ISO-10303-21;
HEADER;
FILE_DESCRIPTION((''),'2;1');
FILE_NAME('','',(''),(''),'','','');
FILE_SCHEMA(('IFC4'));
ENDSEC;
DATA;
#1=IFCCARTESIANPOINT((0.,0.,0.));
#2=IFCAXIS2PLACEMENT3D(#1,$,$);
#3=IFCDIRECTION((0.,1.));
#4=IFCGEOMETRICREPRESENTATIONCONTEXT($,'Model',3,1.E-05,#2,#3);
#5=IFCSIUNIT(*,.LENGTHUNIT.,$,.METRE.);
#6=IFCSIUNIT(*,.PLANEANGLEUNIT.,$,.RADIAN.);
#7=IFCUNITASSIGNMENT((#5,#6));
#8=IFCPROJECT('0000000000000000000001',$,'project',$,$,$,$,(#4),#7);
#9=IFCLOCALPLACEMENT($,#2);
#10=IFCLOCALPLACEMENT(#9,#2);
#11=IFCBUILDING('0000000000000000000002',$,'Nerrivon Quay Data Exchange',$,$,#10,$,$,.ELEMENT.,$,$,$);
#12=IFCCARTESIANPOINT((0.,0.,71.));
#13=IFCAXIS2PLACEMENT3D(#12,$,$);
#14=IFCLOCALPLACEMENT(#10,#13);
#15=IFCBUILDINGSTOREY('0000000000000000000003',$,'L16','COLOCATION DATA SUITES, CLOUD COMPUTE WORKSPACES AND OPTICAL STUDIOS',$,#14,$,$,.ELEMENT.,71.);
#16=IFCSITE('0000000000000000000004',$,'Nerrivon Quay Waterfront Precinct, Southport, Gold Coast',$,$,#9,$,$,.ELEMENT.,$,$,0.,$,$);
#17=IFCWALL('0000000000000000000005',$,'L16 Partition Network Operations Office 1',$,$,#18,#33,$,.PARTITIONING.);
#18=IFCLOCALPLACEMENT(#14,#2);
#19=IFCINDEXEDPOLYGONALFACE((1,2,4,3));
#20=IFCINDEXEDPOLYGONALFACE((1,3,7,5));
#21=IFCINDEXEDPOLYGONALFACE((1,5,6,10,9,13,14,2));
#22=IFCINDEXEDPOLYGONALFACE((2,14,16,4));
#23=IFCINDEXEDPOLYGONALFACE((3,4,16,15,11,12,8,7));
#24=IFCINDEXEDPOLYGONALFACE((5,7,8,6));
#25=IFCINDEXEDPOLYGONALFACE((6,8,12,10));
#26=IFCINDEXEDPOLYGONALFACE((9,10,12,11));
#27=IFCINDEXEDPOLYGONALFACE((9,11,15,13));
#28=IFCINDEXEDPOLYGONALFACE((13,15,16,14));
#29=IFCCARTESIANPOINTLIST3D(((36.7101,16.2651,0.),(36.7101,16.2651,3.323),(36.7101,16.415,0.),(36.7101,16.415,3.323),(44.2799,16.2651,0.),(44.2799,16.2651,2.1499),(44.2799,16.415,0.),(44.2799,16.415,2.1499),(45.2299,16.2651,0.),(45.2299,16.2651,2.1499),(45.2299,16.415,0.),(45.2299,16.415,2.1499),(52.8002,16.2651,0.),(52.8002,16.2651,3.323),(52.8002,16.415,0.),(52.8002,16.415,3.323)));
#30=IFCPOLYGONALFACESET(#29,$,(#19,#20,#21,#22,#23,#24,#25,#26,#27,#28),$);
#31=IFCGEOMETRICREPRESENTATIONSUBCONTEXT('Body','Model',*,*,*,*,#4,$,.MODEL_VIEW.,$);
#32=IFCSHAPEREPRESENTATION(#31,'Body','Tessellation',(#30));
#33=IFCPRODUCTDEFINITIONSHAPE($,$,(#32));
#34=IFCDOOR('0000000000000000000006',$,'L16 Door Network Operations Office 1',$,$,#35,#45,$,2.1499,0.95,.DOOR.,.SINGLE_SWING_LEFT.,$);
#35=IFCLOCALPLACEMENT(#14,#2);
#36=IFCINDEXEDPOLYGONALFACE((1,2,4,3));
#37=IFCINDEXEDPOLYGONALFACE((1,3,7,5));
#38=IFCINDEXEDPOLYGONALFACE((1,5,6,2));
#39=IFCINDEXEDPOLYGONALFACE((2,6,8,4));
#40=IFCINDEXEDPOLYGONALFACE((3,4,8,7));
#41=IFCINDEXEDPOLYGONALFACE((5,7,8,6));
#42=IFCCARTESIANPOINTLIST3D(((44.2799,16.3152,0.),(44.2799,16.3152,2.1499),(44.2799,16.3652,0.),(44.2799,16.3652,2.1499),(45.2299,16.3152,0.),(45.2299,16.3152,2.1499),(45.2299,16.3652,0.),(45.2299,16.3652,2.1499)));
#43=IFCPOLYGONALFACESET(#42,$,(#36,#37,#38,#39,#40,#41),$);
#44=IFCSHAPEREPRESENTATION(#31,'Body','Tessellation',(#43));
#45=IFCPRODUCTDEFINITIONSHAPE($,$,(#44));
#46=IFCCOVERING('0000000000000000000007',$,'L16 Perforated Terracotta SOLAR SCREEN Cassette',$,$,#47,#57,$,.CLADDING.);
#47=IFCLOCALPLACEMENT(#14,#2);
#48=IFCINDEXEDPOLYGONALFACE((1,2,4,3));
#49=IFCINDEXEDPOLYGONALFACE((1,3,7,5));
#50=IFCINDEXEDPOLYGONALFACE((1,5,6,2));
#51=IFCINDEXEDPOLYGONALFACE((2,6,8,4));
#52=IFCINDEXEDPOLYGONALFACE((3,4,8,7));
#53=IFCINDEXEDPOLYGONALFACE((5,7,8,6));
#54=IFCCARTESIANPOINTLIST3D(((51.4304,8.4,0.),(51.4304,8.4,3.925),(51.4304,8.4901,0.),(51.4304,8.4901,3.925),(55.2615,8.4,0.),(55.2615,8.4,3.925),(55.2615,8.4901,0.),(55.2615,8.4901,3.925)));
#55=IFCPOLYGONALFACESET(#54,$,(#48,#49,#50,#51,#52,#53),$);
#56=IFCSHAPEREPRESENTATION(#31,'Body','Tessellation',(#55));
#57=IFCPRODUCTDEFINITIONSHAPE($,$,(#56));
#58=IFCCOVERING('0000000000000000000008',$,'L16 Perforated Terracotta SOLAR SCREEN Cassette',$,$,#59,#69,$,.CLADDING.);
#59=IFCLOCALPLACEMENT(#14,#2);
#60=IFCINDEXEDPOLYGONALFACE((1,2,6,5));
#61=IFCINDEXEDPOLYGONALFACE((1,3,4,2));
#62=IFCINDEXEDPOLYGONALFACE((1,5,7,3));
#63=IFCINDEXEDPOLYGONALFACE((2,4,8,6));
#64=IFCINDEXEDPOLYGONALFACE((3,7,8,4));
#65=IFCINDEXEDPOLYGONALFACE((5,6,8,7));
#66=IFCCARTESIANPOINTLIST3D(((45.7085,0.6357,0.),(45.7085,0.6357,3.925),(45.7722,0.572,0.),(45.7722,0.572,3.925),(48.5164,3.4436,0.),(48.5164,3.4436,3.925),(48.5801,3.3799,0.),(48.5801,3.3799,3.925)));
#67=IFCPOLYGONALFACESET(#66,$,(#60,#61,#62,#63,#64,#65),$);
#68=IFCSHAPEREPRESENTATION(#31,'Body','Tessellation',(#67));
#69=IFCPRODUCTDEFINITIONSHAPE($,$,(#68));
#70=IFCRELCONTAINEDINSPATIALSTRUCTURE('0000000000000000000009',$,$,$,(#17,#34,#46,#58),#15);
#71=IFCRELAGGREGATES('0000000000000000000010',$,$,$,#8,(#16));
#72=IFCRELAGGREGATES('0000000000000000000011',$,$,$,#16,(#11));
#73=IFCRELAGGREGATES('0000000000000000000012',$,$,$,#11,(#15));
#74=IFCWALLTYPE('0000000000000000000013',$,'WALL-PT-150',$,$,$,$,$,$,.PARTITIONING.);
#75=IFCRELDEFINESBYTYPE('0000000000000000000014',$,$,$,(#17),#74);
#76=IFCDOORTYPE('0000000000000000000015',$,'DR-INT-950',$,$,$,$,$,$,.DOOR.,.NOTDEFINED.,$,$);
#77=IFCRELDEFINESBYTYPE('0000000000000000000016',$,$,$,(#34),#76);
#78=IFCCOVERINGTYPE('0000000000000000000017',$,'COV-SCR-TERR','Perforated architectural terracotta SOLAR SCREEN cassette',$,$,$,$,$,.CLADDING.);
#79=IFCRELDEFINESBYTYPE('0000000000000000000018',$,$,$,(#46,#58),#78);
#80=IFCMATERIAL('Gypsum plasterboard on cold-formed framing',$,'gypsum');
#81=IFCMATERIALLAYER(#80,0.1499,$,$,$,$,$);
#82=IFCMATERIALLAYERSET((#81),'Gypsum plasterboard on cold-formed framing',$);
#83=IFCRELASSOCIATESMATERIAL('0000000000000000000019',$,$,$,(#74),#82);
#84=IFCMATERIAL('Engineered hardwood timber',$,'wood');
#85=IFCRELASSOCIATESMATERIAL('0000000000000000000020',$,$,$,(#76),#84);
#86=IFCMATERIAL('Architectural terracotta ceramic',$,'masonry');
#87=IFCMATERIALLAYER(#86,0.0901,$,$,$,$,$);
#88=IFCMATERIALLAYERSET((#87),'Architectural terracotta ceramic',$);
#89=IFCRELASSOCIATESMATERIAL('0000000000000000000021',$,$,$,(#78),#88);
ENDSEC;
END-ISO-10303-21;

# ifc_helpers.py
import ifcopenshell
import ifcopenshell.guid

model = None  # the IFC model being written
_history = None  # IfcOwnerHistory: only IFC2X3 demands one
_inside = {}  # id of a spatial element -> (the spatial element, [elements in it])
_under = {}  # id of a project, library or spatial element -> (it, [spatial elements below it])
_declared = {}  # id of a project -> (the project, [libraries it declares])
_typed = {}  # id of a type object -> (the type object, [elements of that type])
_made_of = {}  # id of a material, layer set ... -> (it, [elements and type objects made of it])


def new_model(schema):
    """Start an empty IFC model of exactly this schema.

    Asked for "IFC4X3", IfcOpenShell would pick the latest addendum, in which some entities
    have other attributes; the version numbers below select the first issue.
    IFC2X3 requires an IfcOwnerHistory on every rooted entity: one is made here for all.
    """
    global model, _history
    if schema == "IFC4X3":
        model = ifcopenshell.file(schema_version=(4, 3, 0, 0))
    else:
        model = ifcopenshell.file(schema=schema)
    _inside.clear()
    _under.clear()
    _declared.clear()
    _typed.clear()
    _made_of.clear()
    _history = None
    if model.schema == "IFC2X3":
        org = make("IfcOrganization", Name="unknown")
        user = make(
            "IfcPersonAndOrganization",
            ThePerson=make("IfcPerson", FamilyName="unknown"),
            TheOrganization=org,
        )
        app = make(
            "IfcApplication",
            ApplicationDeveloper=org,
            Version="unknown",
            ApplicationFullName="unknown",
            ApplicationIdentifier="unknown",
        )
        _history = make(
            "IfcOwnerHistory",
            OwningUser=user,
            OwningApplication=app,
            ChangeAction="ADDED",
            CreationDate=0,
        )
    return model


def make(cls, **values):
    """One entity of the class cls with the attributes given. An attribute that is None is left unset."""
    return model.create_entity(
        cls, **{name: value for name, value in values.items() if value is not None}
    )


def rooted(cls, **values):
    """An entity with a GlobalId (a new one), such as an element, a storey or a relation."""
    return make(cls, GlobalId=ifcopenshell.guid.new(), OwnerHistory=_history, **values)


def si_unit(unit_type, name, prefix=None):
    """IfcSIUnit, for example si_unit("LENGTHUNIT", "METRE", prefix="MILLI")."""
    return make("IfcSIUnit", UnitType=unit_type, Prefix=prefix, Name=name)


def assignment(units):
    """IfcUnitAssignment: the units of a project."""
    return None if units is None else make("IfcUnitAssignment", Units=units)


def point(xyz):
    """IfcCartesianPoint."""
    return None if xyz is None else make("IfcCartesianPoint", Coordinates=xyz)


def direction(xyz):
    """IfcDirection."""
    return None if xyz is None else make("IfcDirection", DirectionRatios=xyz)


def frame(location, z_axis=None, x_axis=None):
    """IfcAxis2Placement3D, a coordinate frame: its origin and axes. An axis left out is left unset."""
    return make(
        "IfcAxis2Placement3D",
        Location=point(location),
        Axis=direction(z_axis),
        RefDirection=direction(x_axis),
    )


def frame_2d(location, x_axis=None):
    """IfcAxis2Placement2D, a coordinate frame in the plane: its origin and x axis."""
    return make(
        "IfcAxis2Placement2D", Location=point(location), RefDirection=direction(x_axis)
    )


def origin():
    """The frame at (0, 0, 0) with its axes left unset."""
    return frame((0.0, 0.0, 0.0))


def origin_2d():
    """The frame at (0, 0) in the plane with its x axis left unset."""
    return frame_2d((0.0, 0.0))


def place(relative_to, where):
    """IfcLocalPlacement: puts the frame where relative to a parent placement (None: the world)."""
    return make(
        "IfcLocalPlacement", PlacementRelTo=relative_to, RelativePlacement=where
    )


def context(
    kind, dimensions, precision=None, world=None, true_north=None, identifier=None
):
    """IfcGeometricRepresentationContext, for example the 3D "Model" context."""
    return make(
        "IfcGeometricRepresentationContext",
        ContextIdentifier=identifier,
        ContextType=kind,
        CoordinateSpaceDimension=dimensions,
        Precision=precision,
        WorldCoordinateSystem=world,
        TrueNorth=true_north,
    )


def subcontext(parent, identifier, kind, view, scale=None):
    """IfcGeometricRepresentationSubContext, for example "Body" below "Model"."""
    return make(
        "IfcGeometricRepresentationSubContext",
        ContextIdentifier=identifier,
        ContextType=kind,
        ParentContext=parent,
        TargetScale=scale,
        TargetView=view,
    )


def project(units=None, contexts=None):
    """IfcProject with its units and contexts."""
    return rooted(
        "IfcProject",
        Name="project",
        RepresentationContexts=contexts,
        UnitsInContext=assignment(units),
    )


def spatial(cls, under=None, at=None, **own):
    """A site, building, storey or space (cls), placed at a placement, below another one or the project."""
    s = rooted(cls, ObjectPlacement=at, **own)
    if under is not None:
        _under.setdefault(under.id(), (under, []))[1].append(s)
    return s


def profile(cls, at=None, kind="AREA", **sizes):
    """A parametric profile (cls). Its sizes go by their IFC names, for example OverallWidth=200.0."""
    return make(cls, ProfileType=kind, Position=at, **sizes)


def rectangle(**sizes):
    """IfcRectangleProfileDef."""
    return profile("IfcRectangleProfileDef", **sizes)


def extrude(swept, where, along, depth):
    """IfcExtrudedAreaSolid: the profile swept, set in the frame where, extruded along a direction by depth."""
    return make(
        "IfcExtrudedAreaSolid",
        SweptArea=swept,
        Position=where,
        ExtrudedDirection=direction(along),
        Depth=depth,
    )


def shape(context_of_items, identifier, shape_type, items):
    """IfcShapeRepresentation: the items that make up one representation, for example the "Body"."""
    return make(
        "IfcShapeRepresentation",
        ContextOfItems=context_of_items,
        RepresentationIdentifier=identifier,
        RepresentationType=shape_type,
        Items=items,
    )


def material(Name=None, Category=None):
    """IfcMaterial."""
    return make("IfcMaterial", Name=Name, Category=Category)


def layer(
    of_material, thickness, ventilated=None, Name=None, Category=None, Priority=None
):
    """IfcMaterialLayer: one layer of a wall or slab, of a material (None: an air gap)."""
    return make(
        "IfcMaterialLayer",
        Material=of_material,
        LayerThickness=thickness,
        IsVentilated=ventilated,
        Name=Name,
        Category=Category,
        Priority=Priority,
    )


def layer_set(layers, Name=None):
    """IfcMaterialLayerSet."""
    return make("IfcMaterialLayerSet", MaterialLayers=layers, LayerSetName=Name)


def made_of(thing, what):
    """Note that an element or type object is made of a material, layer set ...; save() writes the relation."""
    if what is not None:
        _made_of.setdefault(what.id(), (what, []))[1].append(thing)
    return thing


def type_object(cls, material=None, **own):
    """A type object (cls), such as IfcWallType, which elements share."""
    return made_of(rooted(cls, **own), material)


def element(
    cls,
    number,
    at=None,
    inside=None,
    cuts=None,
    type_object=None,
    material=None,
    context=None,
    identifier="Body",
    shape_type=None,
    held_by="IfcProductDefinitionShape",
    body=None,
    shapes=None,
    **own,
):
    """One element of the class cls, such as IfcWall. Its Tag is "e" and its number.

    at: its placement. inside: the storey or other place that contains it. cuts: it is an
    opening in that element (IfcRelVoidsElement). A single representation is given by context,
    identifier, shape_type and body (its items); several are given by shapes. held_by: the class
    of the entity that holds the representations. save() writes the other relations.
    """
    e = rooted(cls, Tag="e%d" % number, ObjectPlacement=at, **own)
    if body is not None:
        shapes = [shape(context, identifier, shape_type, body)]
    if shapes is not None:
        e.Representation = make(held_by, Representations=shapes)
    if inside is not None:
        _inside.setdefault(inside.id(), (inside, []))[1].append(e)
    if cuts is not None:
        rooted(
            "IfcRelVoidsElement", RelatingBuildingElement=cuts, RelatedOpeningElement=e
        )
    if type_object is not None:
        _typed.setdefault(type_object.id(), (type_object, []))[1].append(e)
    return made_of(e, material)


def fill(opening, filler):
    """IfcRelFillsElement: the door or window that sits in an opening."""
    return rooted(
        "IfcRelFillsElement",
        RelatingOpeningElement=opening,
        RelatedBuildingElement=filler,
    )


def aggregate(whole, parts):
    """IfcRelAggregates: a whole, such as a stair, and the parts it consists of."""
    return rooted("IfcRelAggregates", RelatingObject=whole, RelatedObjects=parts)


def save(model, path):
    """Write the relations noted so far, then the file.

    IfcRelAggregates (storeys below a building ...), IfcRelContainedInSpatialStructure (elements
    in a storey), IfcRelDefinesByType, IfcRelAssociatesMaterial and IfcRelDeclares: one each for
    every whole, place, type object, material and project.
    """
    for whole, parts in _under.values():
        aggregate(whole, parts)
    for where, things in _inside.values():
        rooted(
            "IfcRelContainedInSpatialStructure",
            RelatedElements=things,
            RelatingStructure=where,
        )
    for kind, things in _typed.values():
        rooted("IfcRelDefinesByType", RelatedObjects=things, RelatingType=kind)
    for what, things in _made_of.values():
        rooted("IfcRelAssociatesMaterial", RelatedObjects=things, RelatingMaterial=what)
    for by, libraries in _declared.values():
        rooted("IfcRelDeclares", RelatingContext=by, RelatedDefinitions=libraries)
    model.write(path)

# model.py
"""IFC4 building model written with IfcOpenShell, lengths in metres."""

from ifc_helpers import new_model, si_unit, direction, frame, frame_2d, origin, origin_2d, place, context, subcontext, project, spatial, rectangle, extrude, material, layer, layer_set, type_object, element, fill, save


model = new_model("IFC4")

# Units and contexts
model_context = context("Model", 3, precision=1e-05, world=origin(), true_north=direction((0.0, 1.0)))
body_context = subcontext(model_context, "Body", "Model", "MODEL_VIEW")
ifc_project = project(units=[si_unit("LENGTHUNIT", "METRE"), si_unit("PLANEANGLEUNIT", "RADIAN")], contexts=[model_context])

# Site, building, storey
site_placement = place(None, origin())
site = spatial("IfcSite", under=ifc_project, at=site_placement, Name="Nerrivon Quay Waterfront Precinct, Southport, Gold Coast", CompositionType="ELEMENT", RefElevation=0.0)
building_placement = place(site_placement, origin())
building = spatial("IfcBuilding", under=site, at=building_placement, Name="Nerrivon Quay Data Exchange", CompositionType="ELEMENT")
storey_placement = place(building_placement, frame((0.0, 0.0, 71.0)))
storey = spatial("IfcBuildingStorey", under=building, at=storey_placement, Name="L16", Description="COLOCATION DATA SUITES, CLOUD COMPUTE WORKSPACES AND OPTICAL STUDIOS", CompositionType="ELEMENT", Elevation=71.0)

# Wall, opening, door
ifc_material_1 = material(Name="Gypsum plasterboard on cold-formed framing", Category="gypsum")
ifc_layer_1 = layer(ifc_material_1, 0.1499)
ifc_layer_set_1 = layer_set([ifc_layer_1], Name="Gypsum plasterboard on cold-formed framing")
wall_type = type_object("IfcWallType", Name="WALL-PT-150", PredefinedType="PARTITIONING", material=ifc_layer_set_1)
wall_placement = place(storey_placement, frame((52.8, 16.3401, 0.0), z_axis=(0.0, 0.0, 1.0), x_axis=(-1.0, 0.0, 0.0)))
wall = element("IfcWall", 1, at=wall_placement, inside=storey, type_object=wall_type, Name="L16 Partition Network Operations Office 1", PredefinedType="PARTITIONING", context=body_context, shape_type="SweptSolid", body=[
    extrude(rectangle(XDim=16.0901, YDim=0.1499, at=frame_2d((8.0449, 0.0))), origin(), (0.0, 0.0, 1.0), 3.323),
])
opening_placement = place(wall_placement, frame((7.5701, 0.0, 0.0)))
opening = element("IfcOpeningElement", 2, at=opening_placement, cuts=wall, PredefinedType="OPENING", context=body_context, shape_type="SweptSolid", body=[
    extrude(rectangle(XDim=0.95, YDim=2.1499, at=frame_2d((0.4751, 1.075))), frame((0.0, 0.085, 0.0), z_axis=(0.0, -1.0, 0.0), x_axis=(1.0, 0.0, 0.0)), (0.0, 0.0, 1.0), 0.1699),
])
ifc_material_2 = material(Name="Engineered hardwood timber", Category="wood")
door_type = type_object("IfcDoorType", Name="DR-INT-950", OperationType="NOTDEFINED", PredefinedType="DOOR", material=ifc_material_2)
door_placement = place(opening_placement, origin())
door = element("IfcDoor", 3, at=door_placement, inside=storey, type_object=door_type, Name="L16 Door Network Operations Office 1", OperationType="SINGLE_SWING_LEFT", OverallHeight=2.1499, OverallWidth=0.95, PredefinedType="DOOR", context=body_context, shape_type="SweptSolid", body=[
    extrude(rectangle(XDim=0.95, YDim=2.1499, at=frame_2d((0.4751, 1.075))), frame((0.0, 0.0249, 0.0), z_axis=(0.0, -1.0, 0.0), x_axis=(1.0, 0.0, 0.0)), (0.0, 0.0, 1.0), 0.05),
])
fill(opening, door)

# Coverings
ifc_material_3 = material(Name="Architectural terracotta ceramic", Category="masonry")
ifc_layer_2 = layer(ifc_material_3, 0.0901)
ifc_layer_set_2 = layer_set([ifc_layer_2], Name="Architectural terracotta ceramic")
covering_type = type_object("IfcCoveringType", Name="COV-SCR-TERR", Description="Perforated architectural terracotta SOLAR SCREEN cassette", PredefinedType="CLADDING", material=ifc_layer_set_2)
covering_1_placement = place(storey_placement, frame((53.3459, 8.4451, 0.0), z_axis=(0.0, 0.0, 1.0), x_axis=(-1.0, 0.0, 0.0)))
element("IfcCovering", 4, at=covering_1_placement, inside=storey, type_object=covering_type, Name="L16 Perforated Terracotta SOLAR SCREEN Cassette", PredefinedType="CLADDING", context=body_context, shape_type="SweptSolid", body=[
    extrude(rectangle(XDim=3.8311, YDim=0.0901, at=origin_2d()), origin(), (0.0, 0.0, 1.0), 3.925),
])
covering_2_placement = place(storey_placement, frame((47.1443, 2.0078, 0.0), z_axis=(0.0, 0.0, 1.0), x_axis=(-0.707107, -0.707107, 0.0)))
element("IfcCovering", 5, at=covering_2_placement, inside=storey, type_object=covering_type, Name="L16 Perforated Terracotta SOLAR SCREEN Cassette", PredefinedType="CLADDING", context=body_context, shape_type="SweptSolid", body=[
    extrude(rectangle(XDim=3.9709, YDim=0.0901, at=origin_2d()), origin(), (0.0, 0.0, 1.0), 3.925),
])

save(model, "model.ifc")
